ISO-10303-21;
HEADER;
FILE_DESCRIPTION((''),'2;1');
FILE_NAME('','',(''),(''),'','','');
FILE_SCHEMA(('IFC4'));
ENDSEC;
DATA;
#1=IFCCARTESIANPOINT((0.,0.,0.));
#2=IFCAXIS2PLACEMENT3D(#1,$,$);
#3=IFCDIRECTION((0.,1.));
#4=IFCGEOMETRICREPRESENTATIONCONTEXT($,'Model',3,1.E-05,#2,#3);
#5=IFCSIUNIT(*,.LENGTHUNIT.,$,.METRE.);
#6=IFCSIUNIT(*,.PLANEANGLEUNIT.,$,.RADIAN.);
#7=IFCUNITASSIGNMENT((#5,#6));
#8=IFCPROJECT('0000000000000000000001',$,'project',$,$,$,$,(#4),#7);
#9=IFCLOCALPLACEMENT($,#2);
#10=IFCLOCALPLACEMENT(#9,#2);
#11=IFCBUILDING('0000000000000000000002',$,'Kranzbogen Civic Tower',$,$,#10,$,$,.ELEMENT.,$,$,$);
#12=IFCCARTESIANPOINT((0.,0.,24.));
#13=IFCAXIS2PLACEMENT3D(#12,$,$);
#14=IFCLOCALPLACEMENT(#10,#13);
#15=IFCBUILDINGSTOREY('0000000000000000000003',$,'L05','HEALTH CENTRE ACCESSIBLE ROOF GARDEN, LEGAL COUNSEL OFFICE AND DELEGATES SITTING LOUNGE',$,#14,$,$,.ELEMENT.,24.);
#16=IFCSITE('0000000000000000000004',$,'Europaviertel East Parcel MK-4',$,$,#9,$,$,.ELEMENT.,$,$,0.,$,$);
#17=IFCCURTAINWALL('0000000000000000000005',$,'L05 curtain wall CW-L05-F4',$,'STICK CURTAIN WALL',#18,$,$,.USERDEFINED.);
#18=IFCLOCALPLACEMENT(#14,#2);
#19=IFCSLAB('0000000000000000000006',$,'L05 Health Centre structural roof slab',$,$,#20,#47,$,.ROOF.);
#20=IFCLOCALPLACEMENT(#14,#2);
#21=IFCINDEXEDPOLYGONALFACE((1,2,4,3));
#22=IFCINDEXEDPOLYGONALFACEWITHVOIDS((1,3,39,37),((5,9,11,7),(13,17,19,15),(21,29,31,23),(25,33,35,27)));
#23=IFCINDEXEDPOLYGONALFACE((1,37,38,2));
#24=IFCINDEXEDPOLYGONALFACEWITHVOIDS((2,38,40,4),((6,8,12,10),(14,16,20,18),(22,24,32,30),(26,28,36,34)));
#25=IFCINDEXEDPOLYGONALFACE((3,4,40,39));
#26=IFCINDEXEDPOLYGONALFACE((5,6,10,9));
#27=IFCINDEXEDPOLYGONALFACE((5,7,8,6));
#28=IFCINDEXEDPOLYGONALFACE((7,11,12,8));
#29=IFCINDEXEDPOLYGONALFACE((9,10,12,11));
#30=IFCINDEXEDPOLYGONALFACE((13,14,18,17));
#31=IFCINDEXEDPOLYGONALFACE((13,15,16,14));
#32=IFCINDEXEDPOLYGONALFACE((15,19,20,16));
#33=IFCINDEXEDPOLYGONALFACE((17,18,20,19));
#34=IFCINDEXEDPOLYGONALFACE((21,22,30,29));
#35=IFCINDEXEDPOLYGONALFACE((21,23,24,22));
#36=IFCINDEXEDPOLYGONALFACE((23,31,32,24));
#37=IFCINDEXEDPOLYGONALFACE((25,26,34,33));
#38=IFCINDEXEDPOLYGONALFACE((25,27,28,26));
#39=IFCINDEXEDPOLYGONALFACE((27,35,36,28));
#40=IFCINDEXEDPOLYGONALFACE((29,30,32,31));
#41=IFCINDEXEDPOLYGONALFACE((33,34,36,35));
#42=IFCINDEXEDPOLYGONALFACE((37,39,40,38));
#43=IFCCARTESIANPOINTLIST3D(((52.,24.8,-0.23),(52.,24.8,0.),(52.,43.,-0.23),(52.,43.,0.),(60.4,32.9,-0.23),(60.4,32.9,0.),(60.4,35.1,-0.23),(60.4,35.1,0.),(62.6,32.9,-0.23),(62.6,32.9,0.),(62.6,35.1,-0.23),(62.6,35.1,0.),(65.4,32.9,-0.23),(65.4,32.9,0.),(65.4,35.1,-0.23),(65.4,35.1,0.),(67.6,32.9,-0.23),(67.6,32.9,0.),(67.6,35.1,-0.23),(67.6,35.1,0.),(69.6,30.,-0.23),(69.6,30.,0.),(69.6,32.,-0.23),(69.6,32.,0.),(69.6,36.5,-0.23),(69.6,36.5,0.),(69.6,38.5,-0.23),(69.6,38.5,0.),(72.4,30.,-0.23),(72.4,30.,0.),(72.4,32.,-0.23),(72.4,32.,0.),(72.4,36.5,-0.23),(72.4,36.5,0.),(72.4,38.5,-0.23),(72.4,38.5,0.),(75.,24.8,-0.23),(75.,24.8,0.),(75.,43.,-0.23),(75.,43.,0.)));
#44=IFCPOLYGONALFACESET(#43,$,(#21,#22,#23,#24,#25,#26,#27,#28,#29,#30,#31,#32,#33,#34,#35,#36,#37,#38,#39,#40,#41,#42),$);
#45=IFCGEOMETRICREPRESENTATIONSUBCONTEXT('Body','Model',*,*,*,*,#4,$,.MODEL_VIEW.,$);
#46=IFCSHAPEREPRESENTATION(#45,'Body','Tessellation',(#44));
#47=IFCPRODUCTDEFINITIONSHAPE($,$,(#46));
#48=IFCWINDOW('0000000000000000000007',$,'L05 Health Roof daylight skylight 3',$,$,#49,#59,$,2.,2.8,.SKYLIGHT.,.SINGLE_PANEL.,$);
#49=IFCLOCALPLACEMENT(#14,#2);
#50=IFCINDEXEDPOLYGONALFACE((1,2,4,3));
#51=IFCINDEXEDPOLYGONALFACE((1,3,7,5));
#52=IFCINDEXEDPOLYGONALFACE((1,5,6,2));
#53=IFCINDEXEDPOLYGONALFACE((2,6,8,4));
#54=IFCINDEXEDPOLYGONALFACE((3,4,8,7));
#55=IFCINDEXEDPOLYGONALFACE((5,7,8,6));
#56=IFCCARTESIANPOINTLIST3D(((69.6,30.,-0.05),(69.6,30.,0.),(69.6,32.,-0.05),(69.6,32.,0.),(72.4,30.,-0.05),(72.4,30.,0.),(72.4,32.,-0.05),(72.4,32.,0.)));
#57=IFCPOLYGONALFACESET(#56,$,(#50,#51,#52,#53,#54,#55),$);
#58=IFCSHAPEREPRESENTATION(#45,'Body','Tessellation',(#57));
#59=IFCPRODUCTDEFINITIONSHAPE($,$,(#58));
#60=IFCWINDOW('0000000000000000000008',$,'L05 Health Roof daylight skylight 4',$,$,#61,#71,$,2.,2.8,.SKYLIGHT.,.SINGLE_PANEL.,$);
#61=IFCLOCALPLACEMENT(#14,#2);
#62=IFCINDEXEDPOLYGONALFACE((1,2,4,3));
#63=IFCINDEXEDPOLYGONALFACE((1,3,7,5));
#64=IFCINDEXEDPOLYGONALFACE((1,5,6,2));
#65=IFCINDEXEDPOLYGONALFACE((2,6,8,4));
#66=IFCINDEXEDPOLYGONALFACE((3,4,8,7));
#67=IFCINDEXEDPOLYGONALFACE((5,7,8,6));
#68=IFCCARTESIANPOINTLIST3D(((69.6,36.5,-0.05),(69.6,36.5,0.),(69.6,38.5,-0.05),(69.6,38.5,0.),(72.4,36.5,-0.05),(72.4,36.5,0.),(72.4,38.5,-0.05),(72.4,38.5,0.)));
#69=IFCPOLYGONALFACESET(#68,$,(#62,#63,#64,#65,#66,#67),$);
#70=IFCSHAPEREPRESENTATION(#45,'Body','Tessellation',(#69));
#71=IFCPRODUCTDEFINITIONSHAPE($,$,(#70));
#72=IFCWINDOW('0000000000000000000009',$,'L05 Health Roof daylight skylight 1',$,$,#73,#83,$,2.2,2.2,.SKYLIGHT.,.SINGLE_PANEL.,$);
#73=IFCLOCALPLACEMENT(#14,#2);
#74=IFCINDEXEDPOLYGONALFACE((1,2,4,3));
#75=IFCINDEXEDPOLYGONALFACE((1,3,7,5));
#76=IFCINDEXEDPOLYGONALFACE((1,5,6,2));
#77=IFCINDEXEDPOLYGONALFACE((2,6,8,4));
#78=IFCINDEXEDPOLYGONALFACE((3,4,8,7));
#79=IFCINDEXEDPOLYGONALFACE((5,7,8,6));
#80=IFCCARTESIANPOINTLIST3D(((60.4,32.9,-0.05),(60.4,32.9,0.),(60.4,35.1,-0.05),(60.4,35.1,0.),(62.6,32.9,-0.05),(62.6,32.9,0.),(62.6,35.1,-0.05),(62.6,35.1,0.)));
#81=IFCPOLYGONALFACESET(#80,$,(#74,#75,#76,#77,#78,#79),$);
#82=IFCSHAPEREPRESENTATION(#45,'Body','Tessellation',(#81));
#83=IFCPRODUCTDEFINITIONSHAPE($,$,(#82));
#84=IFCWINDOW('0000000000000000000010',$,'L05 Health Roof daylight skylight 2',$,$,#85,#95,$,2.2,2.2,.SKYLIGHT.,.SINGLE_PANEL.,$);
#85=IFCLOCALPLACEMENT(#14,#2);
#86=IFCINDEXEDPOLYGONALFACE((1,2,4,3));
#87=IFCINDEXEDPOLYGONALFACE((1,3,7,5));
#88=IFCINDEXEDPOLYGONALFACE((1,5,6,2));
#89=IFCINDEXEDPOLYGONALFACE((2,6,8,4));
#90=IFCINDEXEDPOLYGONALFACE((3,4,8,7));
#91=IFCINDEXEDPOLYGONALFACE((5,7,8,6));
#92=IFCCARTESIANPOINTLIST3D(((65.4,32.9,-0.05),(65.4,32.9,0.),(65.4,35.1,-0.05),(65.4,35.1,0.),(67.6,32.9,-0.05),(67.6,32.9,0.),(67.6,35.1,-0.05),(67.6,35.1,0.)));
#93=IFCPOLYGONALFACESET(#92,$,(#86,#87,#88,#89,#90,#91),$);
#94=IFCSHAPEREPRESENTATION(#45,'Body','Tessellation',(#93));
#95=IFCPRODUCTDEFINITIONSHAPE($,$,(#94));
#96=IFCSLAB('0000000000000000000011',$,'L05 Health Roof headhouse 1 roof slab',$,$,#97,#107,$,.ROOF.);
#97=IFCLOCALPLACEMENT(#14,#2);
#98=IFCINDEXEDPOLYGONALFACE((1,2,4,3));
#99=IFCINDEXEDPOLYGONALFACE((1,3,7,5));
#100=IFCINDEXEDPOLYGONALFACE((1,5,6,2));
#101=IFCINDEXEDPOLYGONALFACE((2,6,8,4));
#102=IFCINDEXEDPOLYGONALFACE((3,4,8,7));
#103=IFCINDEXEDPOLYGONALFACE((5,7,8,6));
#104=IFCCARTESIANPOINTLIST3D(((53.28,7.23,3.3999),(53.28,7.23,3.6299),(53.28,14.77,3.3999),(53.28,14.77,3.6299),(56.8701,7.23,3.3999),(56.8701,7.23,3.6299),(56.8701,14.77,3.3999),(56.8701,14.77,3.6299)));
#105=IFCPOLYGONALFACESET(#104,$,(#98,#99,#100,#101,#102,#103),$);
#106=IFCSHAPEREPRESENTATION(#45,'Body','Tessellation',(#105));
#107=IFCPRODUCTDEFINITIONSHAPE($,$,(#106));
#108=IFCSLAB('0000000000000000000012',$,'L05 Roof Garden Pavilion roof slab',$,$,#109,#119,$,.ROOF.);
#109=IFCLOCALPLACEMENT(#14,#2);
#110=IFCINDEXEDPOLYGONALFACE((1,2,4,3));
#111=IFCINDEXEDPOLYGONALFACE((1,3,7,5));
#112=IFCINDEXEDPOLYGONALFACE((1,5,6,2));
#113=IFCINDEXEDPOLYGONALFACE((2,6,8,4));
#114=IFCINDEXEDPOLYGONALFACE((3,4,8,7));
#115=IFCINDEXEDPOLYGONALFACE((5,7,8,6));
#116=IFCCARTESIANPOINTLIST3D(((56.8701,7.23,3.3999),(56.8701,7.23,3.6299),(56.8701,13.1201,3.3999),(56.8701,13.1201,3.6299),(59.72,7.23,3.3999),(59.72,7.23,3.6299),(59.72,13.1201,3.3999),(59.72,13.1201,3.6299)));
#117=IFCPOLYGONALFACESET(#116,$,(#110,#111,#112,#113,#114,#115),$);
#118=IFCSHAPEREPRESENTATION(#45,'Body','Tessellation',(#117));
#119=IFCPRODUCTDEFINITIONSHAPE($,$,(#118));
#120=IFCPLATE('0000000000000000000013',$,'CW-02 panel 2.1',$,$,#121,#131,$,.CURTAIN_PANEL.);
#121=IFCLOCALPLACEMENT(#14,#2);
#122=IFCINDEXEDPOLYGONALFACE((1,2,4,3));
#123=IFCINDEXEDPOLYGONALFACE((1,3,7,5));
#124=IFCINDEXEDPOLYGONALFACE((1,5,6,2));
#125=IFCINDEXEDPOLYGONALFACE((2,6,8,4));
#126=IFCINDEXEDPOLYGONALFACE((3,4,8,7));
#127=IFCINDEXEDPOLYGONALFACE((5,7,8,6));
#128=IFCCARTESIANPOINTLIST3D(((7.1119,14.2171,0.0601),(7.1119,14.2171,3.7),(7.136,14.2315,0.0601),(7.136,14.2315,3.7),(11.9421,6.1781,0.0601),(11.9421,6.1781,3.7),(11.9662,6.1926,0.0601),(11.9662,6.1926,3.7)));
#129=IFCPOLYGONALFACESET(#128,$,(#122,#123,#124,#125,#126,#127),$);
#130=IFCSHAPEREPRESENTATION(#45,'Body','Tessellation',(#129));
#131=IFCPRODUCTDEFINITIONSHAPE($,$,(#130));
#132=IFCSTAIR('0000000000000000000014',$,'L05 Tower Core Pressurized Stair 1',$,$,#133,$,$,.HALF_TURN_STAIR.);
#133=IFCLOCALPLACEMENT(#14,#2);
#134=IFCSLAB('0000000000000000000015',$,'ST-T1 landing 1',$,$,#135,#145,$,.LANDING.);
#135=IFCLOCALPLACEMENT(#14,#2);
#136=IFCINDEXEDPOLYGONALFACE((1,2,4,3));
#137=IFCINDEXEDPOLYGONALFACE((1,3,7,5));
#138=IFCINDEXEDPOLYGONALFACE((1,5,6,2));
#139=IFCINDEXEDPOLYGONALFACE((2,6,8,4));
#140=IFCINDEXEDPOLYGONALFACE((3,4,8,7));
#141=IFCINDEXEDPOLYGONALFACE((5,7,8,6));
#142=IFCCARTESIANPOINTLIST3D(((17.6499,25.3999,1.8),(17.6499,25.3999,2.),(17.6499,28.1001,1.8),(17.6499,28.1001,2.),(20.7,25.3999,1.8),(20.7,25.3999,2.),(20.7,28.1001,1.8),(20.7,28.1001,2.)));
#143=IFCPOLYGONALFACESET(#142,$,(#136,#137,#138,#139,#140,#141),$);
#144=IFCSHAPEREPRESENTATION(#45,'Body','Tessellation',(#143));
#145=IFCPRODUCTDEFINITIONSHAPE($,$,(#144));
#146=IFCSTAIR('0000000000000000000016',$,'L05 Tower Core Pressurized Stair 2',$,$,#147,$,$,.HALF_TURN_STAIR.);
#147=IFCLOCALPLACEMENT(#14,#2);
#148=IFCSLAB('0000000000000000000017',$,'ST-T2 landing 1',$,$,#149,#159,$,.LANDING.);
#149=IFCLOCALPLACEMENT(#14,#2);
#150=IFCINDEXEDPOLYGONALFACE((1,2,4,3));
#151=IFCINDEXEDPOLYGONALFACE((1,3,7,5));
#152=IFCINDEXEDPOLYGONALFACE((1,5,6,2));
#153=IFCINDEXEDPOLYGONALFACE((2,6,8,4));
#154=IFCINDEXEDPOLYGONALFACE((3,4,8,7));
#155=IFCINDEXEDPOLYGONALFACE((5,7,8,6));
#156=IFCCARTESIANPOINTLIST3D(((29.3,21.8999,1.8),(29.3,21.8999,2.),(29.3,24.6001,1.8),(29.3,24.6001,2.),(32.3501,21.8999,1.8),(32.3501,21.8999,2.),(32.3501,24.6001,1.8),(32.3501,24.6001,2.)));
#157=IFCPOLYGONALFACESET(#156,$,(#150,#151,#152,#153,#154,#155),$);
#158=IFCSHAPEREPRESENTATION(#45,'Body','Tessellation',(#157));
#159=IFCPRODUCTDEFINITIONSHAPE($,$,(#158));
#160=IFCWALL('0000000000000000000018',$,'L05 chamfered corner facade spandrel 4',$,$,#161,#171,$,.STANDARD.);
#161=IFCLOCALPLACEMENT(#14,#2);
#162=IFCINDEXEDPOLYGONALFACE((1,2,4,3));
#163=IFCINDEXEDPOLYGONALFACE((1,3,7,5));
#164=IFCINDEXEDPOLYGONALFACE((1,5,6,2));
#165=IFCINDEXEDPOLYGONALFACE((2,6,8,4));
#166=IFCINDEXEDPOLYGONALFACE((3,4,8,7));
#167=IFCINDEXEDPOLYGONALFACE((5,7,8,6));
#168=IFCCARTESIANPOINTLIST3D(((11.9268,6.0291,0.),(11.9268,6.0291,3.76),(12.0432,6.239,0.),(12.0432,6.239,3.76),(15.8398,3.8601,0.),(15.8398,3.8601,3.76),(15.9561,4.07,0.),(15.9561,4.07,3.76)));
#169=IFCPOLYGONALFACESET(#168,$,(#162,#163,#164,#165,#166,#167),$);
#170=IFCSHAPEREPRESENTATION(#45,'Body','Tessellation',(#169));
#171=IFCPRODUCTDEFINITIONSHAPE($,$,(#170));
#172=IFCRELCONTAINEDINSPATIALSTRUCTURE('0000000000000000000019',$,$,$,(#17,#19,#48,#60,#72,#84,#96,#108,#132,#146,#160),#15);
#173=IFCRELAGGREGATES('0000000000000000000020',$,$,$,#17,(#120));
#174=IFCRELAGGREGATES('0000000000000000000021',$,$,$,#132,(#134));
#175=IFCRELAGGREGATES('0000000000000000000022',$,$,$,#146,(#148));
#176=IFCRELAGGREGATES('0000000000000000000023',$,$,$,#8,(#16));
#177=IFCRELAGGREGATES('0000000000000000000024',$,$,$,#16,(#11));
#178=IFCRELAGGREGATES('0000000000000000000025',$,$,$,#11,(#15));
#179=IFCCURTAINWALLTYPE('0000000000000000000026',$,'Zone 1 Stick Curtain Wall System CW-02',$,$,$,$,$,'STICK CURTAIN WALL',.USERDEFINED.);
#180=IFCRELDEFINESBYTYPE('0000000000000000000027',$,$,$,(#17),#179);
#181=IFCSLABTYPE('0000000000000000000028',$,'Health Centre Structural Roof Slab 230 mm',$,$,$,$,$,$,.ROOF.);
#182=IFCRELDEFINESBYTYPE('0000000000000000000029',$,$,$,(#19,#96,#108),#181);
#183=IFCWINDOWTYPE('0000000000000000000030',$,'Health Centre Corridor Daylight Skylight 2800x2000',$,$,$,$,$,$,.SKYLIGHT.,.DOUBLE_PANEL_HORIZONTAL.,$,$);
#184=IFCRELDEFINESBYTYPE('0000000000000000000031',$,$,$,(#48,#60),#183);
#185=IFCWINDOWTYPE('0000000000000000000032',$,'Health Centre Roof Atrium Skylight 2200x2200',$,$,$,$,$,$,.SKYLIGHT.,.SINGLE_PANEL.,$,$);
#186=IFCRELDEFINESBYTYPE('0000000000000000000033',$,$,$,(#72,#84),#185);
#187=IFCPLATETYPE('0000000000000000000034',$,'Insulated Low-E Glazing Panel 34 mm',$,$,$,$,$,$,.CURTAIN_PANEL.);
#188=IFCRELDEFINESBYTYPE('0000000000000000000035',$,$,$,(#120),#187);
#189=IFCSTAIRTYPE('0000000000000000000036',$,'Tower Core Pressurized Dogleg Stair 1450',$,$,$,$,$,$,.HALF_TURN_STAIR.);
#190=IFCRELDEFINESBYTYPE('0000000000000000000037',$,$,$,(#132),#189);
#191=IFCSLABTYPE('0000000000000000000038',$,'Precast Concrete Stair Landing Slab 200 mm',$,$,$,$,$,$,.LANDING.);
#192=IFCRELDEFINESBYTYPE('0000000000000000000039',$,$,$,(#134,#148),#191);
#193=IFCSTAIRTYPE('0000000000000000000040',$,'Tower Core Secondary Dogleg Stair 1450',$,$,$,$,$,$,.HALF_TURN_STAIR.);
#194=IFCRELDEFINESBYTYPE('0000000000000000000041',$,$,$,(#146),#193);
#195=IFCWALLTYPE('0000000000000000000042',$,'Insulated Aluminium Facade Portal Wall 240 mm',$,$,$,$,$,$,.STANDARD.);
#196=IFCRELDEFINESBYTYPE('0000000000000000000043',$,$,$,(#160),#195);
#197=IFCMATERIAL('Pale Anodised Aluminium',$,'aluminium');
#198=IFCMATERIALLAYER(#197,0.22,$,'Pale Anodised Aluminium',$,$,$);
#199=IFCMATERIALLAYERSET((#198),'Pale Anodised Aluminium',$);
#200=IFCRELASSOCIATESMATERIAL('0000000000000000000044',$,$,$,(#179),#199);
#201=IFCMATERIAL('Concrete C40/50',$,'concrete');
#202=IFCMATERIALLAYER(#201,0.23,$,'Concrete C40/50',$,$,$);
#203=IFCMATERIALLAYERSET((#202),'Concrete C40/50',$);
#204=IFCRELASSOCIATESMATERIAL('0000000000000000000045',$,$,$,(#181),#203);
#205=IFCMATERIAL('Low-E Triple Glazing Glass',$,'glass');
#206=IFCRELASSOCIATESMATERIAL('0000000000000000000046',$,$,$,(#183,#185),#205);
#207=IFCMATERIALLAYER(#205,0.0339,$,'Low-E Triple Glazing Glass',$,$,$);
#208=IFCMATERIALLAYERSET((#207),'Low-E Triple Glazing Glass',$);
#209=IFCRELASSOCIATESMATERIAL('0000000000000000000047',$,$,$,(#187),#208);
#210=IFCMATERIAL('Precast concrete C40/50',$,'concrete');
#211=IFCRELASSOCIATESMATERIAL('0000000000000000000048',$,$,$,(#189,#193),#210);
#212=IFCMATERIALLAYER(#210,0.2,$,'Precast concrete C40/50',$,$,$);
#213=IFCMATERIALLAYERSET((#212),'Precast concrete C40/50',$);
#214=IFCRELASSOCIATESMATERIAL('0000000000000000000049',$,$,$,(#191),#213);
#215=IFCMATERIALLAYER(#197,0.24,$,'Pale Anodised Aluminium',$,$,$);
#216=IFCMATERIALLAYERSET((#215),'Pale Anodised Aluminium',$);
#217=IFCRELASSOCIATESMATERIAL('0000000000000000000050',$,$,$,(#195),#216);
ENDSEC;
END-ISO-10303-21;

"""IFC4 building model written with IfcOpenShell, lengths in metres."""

from ifc_helpers import new_model, si_unit, direction, frame, frame_2d, origin, origin_2d, place, context, subcontext, project, spatial, polyline, rectangle, outline, extrude, material, layer, layer_set, type_object, element, fill, aggregate, save


model = new_model("IFC4")

# Units and contexts
model_context = context("Model", 3, precision=1e-05, world=origin(), true_north=direction((0.0, 1.0)))
body_context = subcontext(model_context, "Body", "Model", "MODEL_VIEW")
ifc_project = project(units=[si_unit("LENGTHUNIT", "METRE"), si_unit("PLANEANGLEUNIT", "RADIAN")], contexts=[model_context])

# Site, building, storey
site_placement = place(None, origin())
site = spatial("IfcSite", under=ifc_project, at=site_placement, Name="Europaviertel East Parcel MK-4", CompositionType="ELEMENT", RefElevation=0.0)
building_placement = place(site_placement, origin())
building = spatial("IfcBuilding", under=site, at=building_placement, Name="Kranzbogen Civic Tower", CompositionType="ELEMENT")
storey_placement = place(building_placement, frame((0.0, 0.0, 24.0)))
storey = spatial("IfcBuildingStorey", under=building, at=storey_placement, Name="L05", Description="HEALTH CENTRE ACCESSIBLE ROOF GARDEN, LEGAL COUNSEL OFFICE AND DELEGATES SITTING LOUNGE", CompositionType="ELEMENT", Elevation=24.0)

# Curtain wall
ifc_material_1 = material(Name="Pale Anodised Aluminium", Category="aluminium")
ifc_layer_1 = layer(ifc_material_1, 0.22, Name="Pale Anodised Aluminium")
ifc_layer_set_1 = layer_set([ifc_layer_1], Name="Pale Anodised Aluminium")
curtain_wall_type = type_object("IfcCurtainWallType", Name="Zone 1 Stick Curtain Wall System CW-02", ElementType="STICK CURTAIN WALL", PredefinedType="USERDEFINED", material=ifc_layer_set_1)
curtain_wall_placement = place(storey_placement, origin())
curtain_wall = element("IfcCurtainWall", 1, at=curtain_wall_placement, inside=storey, type_object=curtain_wall_type, Name="L05 curtain wall CW-L05-F4", ObjectType="STICK CURTAIN WALL", PredefinedType="USERDEFINED")

# Shared definitions
ifc_material_2 = material(Name="Concrete C40/50", Category="concrete")

# Slab, openings, windows
ifc_layer_2 = layer(ifc_material_2, 0.23, Name="Concrete C40/50")
ifc_layer_set_2 = layer_set([ifc_layer_2], Name="Concrete C40/50")
slab_type_1 = type_object("IfcSlabType", Name="Health Centre Structural Roof Slab 230 mm", PredefinedType="ROOF", material=ifc_layer_set_2)
slab_1_placement = place(storey_placement, frame((0.0, 0.0, -0.23)))
slab_1 = element("IfcSlab", 2, at=slab_1_placement, inside=storey, type_object=slab_type_1, Name="L05 Health Centre structural roof slab", PredefinedType="ROOF", context=body_context, shape_type="SweptSolid", body=[
    extrude(outline(polyline([(75.0, 24.8), (75.0, 43.0), (52.0, 43.0), (52.0, 24.8), (75.0, 24.8)])), origin(), (0.0, 0.0, 1.0), 0.23),
])
opening_1_placement = place(slab_1_placement, frame((61.5, 34.0, 0.0)))
opening_1 = element("IfcOpeningElement", 3, at=opening_1_placement, cuts=slab_1, PredefinedType="OPENING", context=body_context, shape_type="SweptSolid", body=[
    extrude(rectangle(XDim=2.2, YDim=2.2, at=origin_2d()), origin(), (0.0, 0.0, 1.0), 0.23),
])
opening_2_placement = place(slab_1_placement, frame((66.5, 34.0, 0.0)))
opening_2 = element("IfcOpeningElement", 4, at=opening_2_placement, cuts=slab_1, PredefinedType="OPENING", context=body_context, shape_type="SweptSolid", body=[
    extrude(rectangle(XDim=2.2, YDim=2.2, at=origin_2d()), origin(), (0.0, 0.0, 1.0), 0.23),
])
opening_3_placement = place(slab_1_placement, frame((71.0, 31.0, 0.0)))
opening_3 = element("IfcOpeningElement", 5, at=opening_3_placement, cuts=slab_1, PredefinedType="OPENING", context=body_context, shape_type="SweptSolid", body=[
    extrude(rectangle(XDim=2.8, YDim=2.0, at=origin_2d()), origin(), (0.0, 0.0, 1.0), 0.23),
])
opening_4_placement = place(slab_1_placement, frame((71.0, 37.5, 0.0)))
opening_4 = element("IfcOpeningElement", 6, at=opening_4_placement, cuts=slab_1, PredefinedType="OPENING", context=body_context, shape_type="SweptSolid", body=[
    extrude(rectangle(XDim=2.8, YDim=2.0, at=origin_2d()), origin(), (0.0, 0.0, 1.0), 0.23),
])
ifc_material_3 = material(Name="Low-E Triple Glazing Glass", Category="glass")
window_type_1 = type_object("IfcWindowType", Name="Health Centre Corridor Daylight Skylight 2800x2000", PartitioningType="DOUBLE_PANEL_HORIZONTAL", PredefinedType="SKYLIGHT", material=ifc_material_3)
window_1_placement = place(opening_3_placement, frame((0.0, 0.0, 0.1799)))
window_1 = element("IfcWindow", 7, at=window_1_placement, inside=storey, type_object=window_type_1, Name="L05 Health Roof daylight skylight 3", OverallHeight=2.0, OverallWidth=2.8, PartitioningType="SINGLE_PANEL", PredefinedType="SKYLIGHT", context=body_context, shape_type="SweptSolid", body=[
    extrude(rectangle(XDim=2.8, YDim=2.0, at=origin_2d()), origin(), (0.0, 0.0, 1.0), 0.05),
])
fill(opening_3, window_1)
window_2_placement = place(opening_4_placement, frame((0.0, 0.0, 0.1799)))
window_2 = element("IfcWindow", 8, at=window_2_placement, inside=storey, type_object=window_type_1, Name="L05 Health Roof daylight skylight 4", OverallHeight=2.0, OverallWidth=2.8, PartitioningType="SINGLE_PANEL", PredefinedType="SKYLIGHT", context=body_context, shape_type="SweptSolid", body=[
    extrude(rectangle(XDim=2.8, YDim=2.0, at=origin_2d()), origin(), (0.0, 0.0, 1.0), 0.05),
])
fill(opening_4, window_2)
window_type_2 = type_object("IfcWindowType", Name="Health Centre Roof Atrium Skylight 2200x2200", PartitioningType="SINGLE_PANEL", PredefinedType="SKYLIGHT", material=ifc_material_3)
window_3_placement = place(opening_1_placement, frame((0.0, 0.0, 0.1799)))
window_3 = element("IfcWindow", 9, at=window_3_placement, inside=storey, type_object=window_type_2, Name="L05 Health Roof daylight skylight 1", OverallHeight=2.2, OverallWidth=2.2, PartitioningType="SINGLE_PANEL", PredefinedType="SKYLIGHT", context=body_context, shape_type="SweptSolid", body=[
    extrude(rectangle(XDim=2.2, YDim=2.2, at=origin_2d()), origin(), (0.0, 0.0, 1.0), 0.05),
])
fill(opening_1, window_3)
window_4_placement = place(opening_2_placement, frame((0.0, 0.0, 0.1799)))
window_4 = element("IfcWindow", 10, at=window_4_placement, inside=storey, type_object=window_type_2, Name="L05 Health Roof daylight skylight 2", OverallHeight=2.2, OverallWidth=2.2, PartitioningType="SINGLE_PANEL", PredefinedType="SKYLIGHT", context=body_context, shape_type="SweptSolid", body=[
    extrude(rectangle(XDim=2.2, YDim=2.2, at=origin_2d()), origin(), (0.0, 0.0, 1.0), 0.05),
])
fill(opening_2, window_4)

# Slabs
slab_2_placement = place(storey_placement, frame((0.0, 0.0, 3.3999)))
element("IfcSlab", 11, at=slab_2_placement, inside=storey, type_object=slab_type_1, Name="L05 Health Roof headhouse 1 roof slab", PredefinedType="ROOF", context=body_context, shape_type="SweptSolid", body=[
    extrude(outline(polyline([(53.28, 7.23), (56.8701, 7.23), (56.8701, 14.77), (53.28, 14.77), (53.28, 7.23)])), origin(), (0.0, 0.0, 1.0), 0.23),
])
slab_3_placement = place(storey_placement, frame((0.0, 0.0, 3.3999)))
element("IfcSlab", 12, at=slab_3_placement, inside=storey, type_object=slab_type_1, Name="L05 Roof Garden Pavilion roof slab", PredefinedType="ROOF", context=body_context, shape_type="SweptSolid", body=[
    extrude(outline(polyline([(56.8701, 7.23), (59.72, 7.23), (59.72, 13.1201), (56.8701, 13.1201), (56.8701, 7.23)])), origin(), (0.0, 0.0, 1.0), 0.23),
])

# Plate
ifc_layer_3 = layer(ifc_material_3, 0.0339, Name="Low-E Triple Glazing Glass")
ifc_layer_set_3 = layer_set([ifc_layer_3], Name="Low-E Triple Glazing Glass")
plate_type = type_object("IfcPlateType", Name="Insulated Low-E Glazing Panel 34 mm", PredefinedType="CURTAIN_PANEL", material=ifc_layer_set_3)
plate_placement = place(storey_placement, frame((9.5391, 10.2048, 0.0601), z_axis=(0.0, 0.0, 1.0), x_axis=(0.515031, -0.857171, 0.0)))
plate = element("IfcPlate", 13, at=plate_placement, type_object=plate_type, Name="CW-02 panel 2.1", PredefinedType="CURTAIN_PANEL", context=body_context, shape_type="SweptSolid", body=[
    extrude(rectangle(XDim=9.3784, YDim=0.0281, at=origin_2d()), origin(), (0.0, 0.0, 1.0), 3.6399),
])
aggregate(curtain_wall, [plate])

# Stairs, slabs
ifc_material_4 = material(Name="Precast concrete C40/50", Category="concrete")
stair_type_1 = type_object("IfcStairType", Name="Tower Core Pressurized Dogleg Stair 1450", PredefinedType="HALF_TURN_STAIR", material=ifc_material_4)
stair_1_placement = place(storey_placement, origin())
stair_1 = element("IfcStair", 14, at=stair_1_placement, inside=storey, type_object=stair_type_1, Name="L05 Tower Core Pressurized Stair 1", PredefinedType="HALF_TURN_STAIR")
ifc_layer_4 = layer(ifc_material_4, 0.2, Name="Precast concrete C40/50")
ifc_layer_set_4 = layer_set([ifc_layer_4], Name="Precast concrete C40/50")
slab_type_2 = type_object("IfcSlabType", Name="Precast Concrete Stair Landing Slab 200 mm", PredefinedType="LANDING", material=ifc_layer_set_4)
slab_4_placement = place(storey_placement, frame((0.0, 0.0, 1.8)))
slab_4 = element("IfcSlab", 15, at=slab_4_placement, type_object=slab_type_2, Name="ST-T1 landing 1", PredefinedType="LANDING", context=body_context, shape_type="SweptSolid", body=[
    extrude(outline(polyline([(20.7, 25.3999), (20.7, 28.1001), (17.6499, 28.1001), (17.6499, 25.3999), (20.7, 25.3999)])), origin(), (0.0, 0.0, 1.0), 0.2),
])
aggregate(stair_1, [slab_4])
stair_type_2 = type_object("IfcStairType", Name="Tower Core Secondary Dogleg Stair 1450", PredefinedType="HALF_TURN_STAIR", material=ifc_material_4)
stair_2_placement = place(storey_placement, origin())
stair_2 = element("IfcStair", 16, at=stair_2_placement, inside=storey, type_object=stair_type_2, Name="L05 Tower Core Pressurized Stair 2", PredefinedType="HALF_TURN_STAIR")
slab_5_placement = place(storey_placement, frame((0.0, 0.0, 1.8)))
slab_5 = element("IfcSlab", 17, at=slab_5_placement, type_object=slab_type_2, Name="ST-T2 landing 1", PredefinedType="LANDING", context=body_context, shape_type="SweptSolid", body=[
    extrude(outline(polyline([(29.3, 24.6001), (29.3, 21.8999), (32.3501, 21.8999), (32.3501, 24.6001), (29.3, 24.6001)])), origin(), (0.0, 0.0, 1.0), 0.2),
])
aggregate(stair_2, [slab_5])

# Wall
ifc_layer_5 = layer(ifc_material_1, 0.24, Name="Pale Anodised Aluminium")
ifc_layer_set_5 = layer_set([ifc_layer_5], Name="Pale Anodised Aluminium")
wall_type = type_object("IfcWallType", Name="Insulated Aluminium Facade Portal Wall 240 mm", PredefinedType="STANDARD", material=ifc_layer_set_5)
wall_placement = place(storey_placement, frame((11.9851, 6.134, 0.0), z_axis=(0.0, 0.0, 1.0), x_axis=(0.874618, -0.484813, 0.0)))
element("IfcWall", 18, at=wall_placement, inside=storey, type_object=wall_type, Name="L05 chamfered corner facade spandrel 4", PredefinedType="STANDARD", context=body_context, shape_type="SweptSolid", body=[
    extrude(rectangle(XDim=4.4739, YDim=0.24, at=frame_2d((2.2368, 0.0))), origin(), (0.0, 0.0, 1.0), 3.76),
])

save(model, "model.ifc")
